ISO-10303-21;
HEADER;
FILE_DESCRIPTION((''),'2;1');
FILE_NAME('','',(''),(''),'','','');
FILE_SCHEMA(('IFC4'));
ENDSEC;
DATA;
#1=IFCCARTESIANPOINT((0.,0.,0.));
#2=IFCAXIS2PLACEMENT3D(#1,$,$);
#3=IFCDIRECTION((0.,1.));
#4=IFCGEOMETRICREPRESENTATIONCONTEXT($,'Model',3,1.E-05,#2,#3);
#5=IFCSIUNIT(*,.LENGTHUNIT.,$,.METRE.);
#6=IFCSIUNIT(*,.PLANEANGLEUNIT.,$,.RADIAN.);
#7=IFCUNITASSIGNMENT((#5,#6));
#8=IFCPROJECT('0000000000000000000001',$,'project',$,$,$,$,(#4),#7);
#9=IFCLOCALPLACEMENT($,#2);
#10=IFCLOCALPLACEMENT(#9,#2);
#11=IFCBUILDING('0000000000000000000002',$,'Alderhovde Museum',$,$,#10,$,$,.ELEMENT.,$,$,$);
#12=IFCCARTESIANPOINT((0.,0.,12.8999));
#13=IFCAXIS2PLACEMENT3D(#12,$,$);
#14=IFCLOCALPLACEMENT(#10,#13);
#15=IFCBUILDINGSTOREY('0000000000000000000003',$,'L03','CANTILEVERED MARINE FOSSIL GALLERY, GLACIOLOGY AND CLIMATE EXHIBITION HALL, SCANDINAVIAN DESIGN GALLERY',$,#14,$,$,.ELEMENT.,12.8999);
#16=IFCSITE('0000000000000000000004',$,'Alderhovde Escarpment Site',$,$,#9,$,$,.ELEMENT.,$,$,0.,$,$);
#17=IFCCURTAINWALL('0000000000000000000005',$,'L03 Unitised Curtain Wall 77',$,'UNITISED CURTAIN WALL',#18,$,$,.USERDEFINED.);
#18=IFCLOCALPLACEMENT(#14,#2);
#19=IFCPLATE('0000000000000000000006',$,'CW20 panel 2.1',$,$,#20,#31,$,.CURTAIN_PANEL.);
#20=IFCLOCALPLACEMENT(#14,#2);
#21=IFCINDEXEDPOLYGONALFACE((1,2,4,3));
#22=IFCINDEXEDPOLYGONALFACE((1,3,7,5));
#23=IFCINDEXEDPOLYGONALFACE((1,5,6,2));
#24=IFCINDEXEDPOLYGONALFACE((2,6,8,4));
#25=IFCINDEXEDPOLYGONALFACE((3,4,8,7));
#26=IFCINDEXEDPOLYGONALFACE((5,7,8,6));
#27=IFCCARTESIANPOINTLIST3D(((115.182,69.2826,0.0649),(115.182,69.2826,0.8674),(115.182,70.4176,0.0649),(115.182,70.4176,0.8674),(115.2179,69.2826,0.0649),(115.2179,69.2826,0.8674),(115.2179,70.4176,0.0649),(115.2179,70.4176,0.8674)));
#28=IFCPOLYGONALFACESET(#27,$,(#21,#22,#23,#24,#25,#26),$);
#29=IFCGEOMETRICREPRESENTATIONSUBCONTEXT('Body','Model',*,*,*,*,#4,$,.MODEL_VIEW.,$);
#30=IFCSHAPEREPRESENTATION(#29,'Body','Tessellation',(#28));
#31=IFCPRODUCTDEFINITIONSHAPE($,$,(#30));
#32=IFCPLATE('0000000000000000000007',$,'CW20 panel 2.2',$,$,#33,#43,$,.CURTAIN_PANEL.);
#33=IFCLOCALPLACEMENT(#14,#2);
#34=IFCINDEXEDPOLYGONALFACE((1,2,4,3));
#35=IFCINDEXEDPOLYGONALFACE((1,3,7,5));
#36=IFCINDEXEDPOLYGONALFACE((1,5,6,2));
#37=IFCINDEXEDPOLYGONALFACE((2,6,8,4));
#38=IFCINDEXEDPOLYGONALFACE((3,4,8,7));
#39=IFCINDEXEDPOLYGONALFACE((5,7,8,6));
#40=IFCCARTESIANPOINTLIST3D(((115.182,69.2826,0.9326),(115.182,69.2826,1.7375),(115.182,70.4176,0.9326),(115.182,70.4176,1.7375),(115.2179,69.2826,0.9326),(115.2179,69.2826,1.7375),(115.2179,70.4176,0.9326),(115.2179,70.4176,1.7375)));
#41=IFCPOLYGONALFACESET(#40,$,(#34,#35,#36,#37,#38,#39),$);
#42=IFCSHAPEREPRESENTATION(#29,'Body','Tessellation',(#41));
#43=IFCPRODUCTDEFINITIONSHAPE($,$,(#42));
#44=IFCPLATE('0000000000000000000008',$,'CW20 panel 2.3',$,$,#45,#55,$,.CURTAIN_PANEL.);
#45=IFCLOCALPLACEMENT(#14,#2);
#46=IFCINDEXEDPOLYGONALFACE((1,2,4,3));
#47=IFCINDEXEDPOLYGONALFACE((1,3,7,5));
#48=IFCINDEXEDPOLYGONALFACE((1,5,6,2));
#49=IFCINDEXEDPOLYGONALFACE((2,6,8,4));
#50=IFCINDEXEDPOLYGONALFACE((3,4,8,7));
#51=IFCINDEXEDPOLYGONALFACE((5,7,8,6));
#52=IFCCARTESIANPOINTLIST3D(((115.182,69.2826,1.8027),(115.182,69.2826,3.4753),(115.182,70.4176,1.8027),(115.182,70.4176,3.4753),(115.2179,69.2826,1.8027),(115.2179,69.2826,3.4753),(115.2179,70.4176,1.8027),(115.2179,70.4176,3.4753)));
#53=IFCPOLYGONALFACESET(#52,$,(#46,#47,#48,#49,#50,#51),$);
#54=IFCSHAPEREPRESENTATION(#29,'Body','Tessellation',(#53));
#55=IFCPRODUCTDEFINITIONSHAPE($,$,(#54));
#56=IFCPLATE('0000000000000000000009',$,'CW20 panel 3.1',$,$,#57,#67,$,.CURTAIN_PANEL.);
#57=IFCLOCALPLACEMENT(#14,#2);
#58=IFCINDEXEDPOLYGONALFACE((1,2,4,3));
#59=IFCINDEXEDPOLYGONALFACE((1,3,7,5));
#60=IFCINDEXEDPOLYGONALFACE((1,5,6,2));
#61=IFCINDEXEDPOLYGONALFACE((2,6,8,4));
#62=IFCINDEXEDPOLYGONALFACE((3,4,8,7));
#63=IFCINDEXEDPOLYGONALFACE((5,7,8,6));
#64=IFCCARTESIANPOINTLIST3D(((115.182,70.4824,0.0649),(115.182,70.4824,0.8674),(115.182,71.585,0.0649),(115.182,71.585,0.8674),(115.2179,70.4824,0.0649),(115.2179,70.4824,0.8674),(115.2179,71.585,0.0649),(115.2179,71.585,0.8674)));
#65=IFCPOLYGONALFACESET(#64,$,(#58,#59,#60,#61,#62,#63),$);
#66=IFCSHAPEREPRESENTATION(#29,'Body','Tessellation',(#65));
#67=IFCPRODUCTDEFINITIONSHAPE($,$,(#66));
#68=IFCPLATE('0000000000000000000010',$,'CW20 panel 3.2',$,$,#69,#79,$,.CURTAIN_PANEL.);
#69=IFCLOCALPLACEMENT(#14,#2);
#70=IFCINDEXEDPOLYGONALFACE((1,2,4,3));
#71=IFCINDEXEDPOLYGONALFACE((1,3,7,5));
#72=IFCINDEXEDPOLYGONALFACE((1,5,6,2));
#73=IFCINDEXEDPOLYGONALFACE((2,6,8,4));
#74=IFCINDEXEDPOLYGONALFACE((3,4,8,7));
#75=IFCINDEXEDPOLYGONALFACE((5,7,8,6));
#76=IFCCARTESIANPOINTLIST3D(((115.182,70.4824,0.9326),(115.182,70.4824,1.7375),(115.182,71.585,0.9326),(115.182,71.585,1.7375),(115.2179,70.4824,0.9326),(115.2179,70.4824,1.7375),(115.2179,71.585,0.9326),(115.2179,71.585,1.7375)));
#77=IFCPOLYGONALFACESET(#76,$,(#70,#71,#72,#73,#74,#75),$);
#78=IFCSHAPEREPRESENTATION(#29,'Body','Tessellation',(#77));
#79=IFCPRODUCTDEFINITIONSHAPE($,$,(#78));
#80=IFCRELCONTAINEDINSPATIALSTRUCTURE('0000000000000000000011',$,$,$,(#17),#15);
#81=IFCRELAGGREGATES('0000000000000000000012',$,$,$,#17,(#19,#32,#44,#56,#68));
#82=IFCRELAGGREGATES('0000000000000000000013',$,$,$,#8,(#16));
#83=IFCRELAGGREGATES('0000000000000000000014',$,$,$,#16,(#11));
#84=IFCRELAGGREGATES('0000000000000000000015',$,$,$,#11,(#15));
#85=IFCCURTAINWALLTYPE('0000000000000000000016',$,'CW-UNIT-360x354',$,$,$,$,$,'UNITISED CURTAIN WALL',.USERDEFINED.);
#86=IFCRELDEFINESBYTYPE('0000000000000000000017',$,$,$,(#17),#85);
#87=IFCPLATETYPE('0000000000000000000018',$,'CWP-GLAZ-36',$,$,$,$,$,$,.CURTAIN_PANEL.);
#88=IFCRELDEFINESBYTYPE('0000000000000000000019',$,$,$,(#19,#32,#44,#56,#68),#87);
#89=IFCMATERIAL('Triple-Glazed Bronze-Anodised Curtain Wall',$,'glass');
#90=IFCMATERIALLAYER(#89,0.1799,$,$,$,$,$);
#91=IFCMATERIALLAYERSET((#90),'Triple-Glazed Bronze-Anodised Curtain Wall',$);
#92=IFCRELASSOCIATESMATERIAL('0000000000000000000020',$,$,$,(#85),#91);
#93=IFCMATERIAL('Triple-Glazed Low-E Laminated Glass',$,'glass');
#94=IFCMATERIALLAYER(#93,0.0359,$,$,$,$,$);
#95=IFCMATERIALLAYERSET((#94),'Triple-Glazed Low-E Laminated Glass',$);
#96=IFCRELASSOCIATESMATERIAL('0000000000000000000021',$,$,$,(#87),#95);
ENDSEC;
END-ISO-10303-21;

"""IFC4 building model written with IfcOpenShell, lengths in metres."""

from ifc_helpers import new_model, si_unit, direction, frame, origin, origin_2d, place, context, subcontext, project, spatial, rectangle, extrude, material, layer, layer_set, type_object, element, aggregate, save


model = new_model("IFC4")

# Units and contexts
model_context = context("Model", 3, precision=1e-05, world=origin(), true_north=direction((0.0, 1.0)))
body_context = subcontext(model_context, "Body", "Model", "MODEL_VIEW")
ifc_project = project(units=[si_unit("LENGTHUNIT", "METRE"), si_unit("PLANEANGLEUNIT", "RADIAN")], contexts=[model_context])

# Site, building, storey
site_placement = place(None, origin())
site = spatial("IfcSite", under=ifc_project, at=site_placement, Name="Alderhovde Escarpment Site", CompositionType="ELEMENT", RefElevation=0.0)
building_placement = place(site_placement, origin())
building = spatial("IfcBuilding", under=site, at=building_placement, Name="Alderhovde Museum", CompositionType="ELEMENT")
storey_placement = place(building_placement, frame((0.0, 0.0, 12.8999)))
storey = spatial("IfcBuildingStorey", under=building, at=storey_placement, Name="L03", Description="CANTILEVERED MARINE FOSSIL GALLERY, GLACIOLOGY AND CLIMATE EXHIBITION HALL, SCANDINAVIAN DESIGN GALLERY", CompositionType="ELEMENT", Elevation=12.8999)

# Curtain wall
ifc_material_1 = material(Name="Triple-Glazed Bronze-Anodised Curtain Wall", Category="glass")
ifc_layer_1 = layer(ifc_material_1, 0.1799)
ifc_layer_set_1 = layer_set([ifc_layer_1], Name="Triple-Glazed Bronze-Anodised Curtain Wall")
curtain_wall_type_1 = type_object("IfcCurtainWallType", Name="CW-UNIT-360x354", ElementType="UNITISED CURTAIN WALL", PredefinedType="USERDEFINED", material=ifc_layer_set_1)
curtain_wall_1_placement = place(storey_placement, origin())
curtain_wall_1 = element("IfcCurtainWall", 1, at=curtain_wall_1_placement, inside=storey, type_object=curtain_wall_type_1, Name="L03 Unitised Curtain Wall 77", ObjectType="UNITISED CURTAIN WALL", PredefinedType="USERDEFINED")

# Plates
ifc_material_2 = material(Name="Triple-Glazed Low-E Laminated Glass", Category="glass")
ifc_layer_2 = layer(ifc_material_2, 0.0359)
ifc_layer_set_2 = layer_set([ifc_layer_2], Name="Triple-Glazed Low-E Laminated Glass")
plate_type_1 = type_object("IfcPlateType", Name="CWP-GLAZ-36", PredefinedType="CURTAIN_PANEL", material=ifc_layer_set_2)
plate_1_placement = place(storey_placement, frame((115.2, 69.8501, 0.0649), z_axis=(0.0, 0.0, 1.0), x_axis=(0.0, 1.0, 0.0)))
plate_1 = element("IfcPlate", 2, at=plate_1_placement, type_object=plate_type_1, Name="CW20 panel 2.1", PredefinedType="CURTAIN_PANEL", context=body_context, shape_type="SweptSolid", body=[
    extrude(rectangle(XDim=1.135, YDim=0.0359, at=origin_2d()), origin(), (0.0, 0.0, 1.0), 0.8025),
])
plate_2_placement = place(storey_placement, frame((115.2, 69.8501, 0.9326), z_axis=(0.0, 0.0, 1.0), x_axis=(0.0, 1.0, 0.0)))
plate_2 = element("IfcPlate", 3, at=plate_2_placement, type_object=plate_type_1, Name="CW20 panel 2.2", PredefinedType="CURTAIN_PANEL", context=body_context, shape_type="SweptSolid", body=[
    extrude(rectangle(XDim=1.135, YDim=0.0359, at=origin_2d()), origin(), (0.0, 0.0, 1.0), 0.8049),
])
plate_3_placement = place(storey_placement, frame((115.2, 69.8501, 1.8027), z_axis=(0.0, 0.0, 1.0), x_axis=(0.0, 1.0, 0.0)))
plate_3 = element("IfcPlate", 4, at=plate_3_placement, type_object=plate_type_1, Name="CW20 panel 2.3", PredefinedType="CURTAIN_PANEL", context=body_context, shape_type="SweptSolid", body=[
    extrude(rectangle(XDim=1.135, YDim=0.0359, at=origin_2d()), origin(), (0.0, 0.0, 1.0), 1.6726),
])
plate_4_placement = place(storey_placement, frame((115.2, 71.0337, 0.0649), z_axis=(0.0, 0.0, 1.0), x_axis=(0.0, 1.0, 0.0)))
plate_4 = element("IfcPlate", 5, at=plate_4_placement, type_object=plate_type_1, Name="CW20 panel 3.1", PredefinedType="CURTAIN_PANEL", context=body_context, shape_type="SweptSolid", body=[
    extrude(rectangle(XDim=1.1025, YDim=0.0359, at=origin_2d()), origin(), (0.0, 0.0, 1.0), 0.8025),
])
plate_5_placement = place(storey_placement, frame((115.2, 71.0337, 0.9326), z_axis=(0.0, 0.0, 1.0), x_axis=(0.0, 1.0, 0.0)))
plate_5 = element("IfcPlate", 6, at=plate_5_placement, type_object=plate_type_1, Name="CW20 panel 3.2", PredefinedType="CURTAIN_PANEL", context=body_context, shape_type="SweptSolid", body=[
    extrude(rectangle(XDim=1.1025, YDim=0.0359, at=origin_2d()), origin(), (0.0, 0.0, 1.0), 0.8049),
])
aggregate(curtain_wall_1, [plate_1, plate_2, plate_3, plate_4, plate_5])

save(model, "model.ifc")
